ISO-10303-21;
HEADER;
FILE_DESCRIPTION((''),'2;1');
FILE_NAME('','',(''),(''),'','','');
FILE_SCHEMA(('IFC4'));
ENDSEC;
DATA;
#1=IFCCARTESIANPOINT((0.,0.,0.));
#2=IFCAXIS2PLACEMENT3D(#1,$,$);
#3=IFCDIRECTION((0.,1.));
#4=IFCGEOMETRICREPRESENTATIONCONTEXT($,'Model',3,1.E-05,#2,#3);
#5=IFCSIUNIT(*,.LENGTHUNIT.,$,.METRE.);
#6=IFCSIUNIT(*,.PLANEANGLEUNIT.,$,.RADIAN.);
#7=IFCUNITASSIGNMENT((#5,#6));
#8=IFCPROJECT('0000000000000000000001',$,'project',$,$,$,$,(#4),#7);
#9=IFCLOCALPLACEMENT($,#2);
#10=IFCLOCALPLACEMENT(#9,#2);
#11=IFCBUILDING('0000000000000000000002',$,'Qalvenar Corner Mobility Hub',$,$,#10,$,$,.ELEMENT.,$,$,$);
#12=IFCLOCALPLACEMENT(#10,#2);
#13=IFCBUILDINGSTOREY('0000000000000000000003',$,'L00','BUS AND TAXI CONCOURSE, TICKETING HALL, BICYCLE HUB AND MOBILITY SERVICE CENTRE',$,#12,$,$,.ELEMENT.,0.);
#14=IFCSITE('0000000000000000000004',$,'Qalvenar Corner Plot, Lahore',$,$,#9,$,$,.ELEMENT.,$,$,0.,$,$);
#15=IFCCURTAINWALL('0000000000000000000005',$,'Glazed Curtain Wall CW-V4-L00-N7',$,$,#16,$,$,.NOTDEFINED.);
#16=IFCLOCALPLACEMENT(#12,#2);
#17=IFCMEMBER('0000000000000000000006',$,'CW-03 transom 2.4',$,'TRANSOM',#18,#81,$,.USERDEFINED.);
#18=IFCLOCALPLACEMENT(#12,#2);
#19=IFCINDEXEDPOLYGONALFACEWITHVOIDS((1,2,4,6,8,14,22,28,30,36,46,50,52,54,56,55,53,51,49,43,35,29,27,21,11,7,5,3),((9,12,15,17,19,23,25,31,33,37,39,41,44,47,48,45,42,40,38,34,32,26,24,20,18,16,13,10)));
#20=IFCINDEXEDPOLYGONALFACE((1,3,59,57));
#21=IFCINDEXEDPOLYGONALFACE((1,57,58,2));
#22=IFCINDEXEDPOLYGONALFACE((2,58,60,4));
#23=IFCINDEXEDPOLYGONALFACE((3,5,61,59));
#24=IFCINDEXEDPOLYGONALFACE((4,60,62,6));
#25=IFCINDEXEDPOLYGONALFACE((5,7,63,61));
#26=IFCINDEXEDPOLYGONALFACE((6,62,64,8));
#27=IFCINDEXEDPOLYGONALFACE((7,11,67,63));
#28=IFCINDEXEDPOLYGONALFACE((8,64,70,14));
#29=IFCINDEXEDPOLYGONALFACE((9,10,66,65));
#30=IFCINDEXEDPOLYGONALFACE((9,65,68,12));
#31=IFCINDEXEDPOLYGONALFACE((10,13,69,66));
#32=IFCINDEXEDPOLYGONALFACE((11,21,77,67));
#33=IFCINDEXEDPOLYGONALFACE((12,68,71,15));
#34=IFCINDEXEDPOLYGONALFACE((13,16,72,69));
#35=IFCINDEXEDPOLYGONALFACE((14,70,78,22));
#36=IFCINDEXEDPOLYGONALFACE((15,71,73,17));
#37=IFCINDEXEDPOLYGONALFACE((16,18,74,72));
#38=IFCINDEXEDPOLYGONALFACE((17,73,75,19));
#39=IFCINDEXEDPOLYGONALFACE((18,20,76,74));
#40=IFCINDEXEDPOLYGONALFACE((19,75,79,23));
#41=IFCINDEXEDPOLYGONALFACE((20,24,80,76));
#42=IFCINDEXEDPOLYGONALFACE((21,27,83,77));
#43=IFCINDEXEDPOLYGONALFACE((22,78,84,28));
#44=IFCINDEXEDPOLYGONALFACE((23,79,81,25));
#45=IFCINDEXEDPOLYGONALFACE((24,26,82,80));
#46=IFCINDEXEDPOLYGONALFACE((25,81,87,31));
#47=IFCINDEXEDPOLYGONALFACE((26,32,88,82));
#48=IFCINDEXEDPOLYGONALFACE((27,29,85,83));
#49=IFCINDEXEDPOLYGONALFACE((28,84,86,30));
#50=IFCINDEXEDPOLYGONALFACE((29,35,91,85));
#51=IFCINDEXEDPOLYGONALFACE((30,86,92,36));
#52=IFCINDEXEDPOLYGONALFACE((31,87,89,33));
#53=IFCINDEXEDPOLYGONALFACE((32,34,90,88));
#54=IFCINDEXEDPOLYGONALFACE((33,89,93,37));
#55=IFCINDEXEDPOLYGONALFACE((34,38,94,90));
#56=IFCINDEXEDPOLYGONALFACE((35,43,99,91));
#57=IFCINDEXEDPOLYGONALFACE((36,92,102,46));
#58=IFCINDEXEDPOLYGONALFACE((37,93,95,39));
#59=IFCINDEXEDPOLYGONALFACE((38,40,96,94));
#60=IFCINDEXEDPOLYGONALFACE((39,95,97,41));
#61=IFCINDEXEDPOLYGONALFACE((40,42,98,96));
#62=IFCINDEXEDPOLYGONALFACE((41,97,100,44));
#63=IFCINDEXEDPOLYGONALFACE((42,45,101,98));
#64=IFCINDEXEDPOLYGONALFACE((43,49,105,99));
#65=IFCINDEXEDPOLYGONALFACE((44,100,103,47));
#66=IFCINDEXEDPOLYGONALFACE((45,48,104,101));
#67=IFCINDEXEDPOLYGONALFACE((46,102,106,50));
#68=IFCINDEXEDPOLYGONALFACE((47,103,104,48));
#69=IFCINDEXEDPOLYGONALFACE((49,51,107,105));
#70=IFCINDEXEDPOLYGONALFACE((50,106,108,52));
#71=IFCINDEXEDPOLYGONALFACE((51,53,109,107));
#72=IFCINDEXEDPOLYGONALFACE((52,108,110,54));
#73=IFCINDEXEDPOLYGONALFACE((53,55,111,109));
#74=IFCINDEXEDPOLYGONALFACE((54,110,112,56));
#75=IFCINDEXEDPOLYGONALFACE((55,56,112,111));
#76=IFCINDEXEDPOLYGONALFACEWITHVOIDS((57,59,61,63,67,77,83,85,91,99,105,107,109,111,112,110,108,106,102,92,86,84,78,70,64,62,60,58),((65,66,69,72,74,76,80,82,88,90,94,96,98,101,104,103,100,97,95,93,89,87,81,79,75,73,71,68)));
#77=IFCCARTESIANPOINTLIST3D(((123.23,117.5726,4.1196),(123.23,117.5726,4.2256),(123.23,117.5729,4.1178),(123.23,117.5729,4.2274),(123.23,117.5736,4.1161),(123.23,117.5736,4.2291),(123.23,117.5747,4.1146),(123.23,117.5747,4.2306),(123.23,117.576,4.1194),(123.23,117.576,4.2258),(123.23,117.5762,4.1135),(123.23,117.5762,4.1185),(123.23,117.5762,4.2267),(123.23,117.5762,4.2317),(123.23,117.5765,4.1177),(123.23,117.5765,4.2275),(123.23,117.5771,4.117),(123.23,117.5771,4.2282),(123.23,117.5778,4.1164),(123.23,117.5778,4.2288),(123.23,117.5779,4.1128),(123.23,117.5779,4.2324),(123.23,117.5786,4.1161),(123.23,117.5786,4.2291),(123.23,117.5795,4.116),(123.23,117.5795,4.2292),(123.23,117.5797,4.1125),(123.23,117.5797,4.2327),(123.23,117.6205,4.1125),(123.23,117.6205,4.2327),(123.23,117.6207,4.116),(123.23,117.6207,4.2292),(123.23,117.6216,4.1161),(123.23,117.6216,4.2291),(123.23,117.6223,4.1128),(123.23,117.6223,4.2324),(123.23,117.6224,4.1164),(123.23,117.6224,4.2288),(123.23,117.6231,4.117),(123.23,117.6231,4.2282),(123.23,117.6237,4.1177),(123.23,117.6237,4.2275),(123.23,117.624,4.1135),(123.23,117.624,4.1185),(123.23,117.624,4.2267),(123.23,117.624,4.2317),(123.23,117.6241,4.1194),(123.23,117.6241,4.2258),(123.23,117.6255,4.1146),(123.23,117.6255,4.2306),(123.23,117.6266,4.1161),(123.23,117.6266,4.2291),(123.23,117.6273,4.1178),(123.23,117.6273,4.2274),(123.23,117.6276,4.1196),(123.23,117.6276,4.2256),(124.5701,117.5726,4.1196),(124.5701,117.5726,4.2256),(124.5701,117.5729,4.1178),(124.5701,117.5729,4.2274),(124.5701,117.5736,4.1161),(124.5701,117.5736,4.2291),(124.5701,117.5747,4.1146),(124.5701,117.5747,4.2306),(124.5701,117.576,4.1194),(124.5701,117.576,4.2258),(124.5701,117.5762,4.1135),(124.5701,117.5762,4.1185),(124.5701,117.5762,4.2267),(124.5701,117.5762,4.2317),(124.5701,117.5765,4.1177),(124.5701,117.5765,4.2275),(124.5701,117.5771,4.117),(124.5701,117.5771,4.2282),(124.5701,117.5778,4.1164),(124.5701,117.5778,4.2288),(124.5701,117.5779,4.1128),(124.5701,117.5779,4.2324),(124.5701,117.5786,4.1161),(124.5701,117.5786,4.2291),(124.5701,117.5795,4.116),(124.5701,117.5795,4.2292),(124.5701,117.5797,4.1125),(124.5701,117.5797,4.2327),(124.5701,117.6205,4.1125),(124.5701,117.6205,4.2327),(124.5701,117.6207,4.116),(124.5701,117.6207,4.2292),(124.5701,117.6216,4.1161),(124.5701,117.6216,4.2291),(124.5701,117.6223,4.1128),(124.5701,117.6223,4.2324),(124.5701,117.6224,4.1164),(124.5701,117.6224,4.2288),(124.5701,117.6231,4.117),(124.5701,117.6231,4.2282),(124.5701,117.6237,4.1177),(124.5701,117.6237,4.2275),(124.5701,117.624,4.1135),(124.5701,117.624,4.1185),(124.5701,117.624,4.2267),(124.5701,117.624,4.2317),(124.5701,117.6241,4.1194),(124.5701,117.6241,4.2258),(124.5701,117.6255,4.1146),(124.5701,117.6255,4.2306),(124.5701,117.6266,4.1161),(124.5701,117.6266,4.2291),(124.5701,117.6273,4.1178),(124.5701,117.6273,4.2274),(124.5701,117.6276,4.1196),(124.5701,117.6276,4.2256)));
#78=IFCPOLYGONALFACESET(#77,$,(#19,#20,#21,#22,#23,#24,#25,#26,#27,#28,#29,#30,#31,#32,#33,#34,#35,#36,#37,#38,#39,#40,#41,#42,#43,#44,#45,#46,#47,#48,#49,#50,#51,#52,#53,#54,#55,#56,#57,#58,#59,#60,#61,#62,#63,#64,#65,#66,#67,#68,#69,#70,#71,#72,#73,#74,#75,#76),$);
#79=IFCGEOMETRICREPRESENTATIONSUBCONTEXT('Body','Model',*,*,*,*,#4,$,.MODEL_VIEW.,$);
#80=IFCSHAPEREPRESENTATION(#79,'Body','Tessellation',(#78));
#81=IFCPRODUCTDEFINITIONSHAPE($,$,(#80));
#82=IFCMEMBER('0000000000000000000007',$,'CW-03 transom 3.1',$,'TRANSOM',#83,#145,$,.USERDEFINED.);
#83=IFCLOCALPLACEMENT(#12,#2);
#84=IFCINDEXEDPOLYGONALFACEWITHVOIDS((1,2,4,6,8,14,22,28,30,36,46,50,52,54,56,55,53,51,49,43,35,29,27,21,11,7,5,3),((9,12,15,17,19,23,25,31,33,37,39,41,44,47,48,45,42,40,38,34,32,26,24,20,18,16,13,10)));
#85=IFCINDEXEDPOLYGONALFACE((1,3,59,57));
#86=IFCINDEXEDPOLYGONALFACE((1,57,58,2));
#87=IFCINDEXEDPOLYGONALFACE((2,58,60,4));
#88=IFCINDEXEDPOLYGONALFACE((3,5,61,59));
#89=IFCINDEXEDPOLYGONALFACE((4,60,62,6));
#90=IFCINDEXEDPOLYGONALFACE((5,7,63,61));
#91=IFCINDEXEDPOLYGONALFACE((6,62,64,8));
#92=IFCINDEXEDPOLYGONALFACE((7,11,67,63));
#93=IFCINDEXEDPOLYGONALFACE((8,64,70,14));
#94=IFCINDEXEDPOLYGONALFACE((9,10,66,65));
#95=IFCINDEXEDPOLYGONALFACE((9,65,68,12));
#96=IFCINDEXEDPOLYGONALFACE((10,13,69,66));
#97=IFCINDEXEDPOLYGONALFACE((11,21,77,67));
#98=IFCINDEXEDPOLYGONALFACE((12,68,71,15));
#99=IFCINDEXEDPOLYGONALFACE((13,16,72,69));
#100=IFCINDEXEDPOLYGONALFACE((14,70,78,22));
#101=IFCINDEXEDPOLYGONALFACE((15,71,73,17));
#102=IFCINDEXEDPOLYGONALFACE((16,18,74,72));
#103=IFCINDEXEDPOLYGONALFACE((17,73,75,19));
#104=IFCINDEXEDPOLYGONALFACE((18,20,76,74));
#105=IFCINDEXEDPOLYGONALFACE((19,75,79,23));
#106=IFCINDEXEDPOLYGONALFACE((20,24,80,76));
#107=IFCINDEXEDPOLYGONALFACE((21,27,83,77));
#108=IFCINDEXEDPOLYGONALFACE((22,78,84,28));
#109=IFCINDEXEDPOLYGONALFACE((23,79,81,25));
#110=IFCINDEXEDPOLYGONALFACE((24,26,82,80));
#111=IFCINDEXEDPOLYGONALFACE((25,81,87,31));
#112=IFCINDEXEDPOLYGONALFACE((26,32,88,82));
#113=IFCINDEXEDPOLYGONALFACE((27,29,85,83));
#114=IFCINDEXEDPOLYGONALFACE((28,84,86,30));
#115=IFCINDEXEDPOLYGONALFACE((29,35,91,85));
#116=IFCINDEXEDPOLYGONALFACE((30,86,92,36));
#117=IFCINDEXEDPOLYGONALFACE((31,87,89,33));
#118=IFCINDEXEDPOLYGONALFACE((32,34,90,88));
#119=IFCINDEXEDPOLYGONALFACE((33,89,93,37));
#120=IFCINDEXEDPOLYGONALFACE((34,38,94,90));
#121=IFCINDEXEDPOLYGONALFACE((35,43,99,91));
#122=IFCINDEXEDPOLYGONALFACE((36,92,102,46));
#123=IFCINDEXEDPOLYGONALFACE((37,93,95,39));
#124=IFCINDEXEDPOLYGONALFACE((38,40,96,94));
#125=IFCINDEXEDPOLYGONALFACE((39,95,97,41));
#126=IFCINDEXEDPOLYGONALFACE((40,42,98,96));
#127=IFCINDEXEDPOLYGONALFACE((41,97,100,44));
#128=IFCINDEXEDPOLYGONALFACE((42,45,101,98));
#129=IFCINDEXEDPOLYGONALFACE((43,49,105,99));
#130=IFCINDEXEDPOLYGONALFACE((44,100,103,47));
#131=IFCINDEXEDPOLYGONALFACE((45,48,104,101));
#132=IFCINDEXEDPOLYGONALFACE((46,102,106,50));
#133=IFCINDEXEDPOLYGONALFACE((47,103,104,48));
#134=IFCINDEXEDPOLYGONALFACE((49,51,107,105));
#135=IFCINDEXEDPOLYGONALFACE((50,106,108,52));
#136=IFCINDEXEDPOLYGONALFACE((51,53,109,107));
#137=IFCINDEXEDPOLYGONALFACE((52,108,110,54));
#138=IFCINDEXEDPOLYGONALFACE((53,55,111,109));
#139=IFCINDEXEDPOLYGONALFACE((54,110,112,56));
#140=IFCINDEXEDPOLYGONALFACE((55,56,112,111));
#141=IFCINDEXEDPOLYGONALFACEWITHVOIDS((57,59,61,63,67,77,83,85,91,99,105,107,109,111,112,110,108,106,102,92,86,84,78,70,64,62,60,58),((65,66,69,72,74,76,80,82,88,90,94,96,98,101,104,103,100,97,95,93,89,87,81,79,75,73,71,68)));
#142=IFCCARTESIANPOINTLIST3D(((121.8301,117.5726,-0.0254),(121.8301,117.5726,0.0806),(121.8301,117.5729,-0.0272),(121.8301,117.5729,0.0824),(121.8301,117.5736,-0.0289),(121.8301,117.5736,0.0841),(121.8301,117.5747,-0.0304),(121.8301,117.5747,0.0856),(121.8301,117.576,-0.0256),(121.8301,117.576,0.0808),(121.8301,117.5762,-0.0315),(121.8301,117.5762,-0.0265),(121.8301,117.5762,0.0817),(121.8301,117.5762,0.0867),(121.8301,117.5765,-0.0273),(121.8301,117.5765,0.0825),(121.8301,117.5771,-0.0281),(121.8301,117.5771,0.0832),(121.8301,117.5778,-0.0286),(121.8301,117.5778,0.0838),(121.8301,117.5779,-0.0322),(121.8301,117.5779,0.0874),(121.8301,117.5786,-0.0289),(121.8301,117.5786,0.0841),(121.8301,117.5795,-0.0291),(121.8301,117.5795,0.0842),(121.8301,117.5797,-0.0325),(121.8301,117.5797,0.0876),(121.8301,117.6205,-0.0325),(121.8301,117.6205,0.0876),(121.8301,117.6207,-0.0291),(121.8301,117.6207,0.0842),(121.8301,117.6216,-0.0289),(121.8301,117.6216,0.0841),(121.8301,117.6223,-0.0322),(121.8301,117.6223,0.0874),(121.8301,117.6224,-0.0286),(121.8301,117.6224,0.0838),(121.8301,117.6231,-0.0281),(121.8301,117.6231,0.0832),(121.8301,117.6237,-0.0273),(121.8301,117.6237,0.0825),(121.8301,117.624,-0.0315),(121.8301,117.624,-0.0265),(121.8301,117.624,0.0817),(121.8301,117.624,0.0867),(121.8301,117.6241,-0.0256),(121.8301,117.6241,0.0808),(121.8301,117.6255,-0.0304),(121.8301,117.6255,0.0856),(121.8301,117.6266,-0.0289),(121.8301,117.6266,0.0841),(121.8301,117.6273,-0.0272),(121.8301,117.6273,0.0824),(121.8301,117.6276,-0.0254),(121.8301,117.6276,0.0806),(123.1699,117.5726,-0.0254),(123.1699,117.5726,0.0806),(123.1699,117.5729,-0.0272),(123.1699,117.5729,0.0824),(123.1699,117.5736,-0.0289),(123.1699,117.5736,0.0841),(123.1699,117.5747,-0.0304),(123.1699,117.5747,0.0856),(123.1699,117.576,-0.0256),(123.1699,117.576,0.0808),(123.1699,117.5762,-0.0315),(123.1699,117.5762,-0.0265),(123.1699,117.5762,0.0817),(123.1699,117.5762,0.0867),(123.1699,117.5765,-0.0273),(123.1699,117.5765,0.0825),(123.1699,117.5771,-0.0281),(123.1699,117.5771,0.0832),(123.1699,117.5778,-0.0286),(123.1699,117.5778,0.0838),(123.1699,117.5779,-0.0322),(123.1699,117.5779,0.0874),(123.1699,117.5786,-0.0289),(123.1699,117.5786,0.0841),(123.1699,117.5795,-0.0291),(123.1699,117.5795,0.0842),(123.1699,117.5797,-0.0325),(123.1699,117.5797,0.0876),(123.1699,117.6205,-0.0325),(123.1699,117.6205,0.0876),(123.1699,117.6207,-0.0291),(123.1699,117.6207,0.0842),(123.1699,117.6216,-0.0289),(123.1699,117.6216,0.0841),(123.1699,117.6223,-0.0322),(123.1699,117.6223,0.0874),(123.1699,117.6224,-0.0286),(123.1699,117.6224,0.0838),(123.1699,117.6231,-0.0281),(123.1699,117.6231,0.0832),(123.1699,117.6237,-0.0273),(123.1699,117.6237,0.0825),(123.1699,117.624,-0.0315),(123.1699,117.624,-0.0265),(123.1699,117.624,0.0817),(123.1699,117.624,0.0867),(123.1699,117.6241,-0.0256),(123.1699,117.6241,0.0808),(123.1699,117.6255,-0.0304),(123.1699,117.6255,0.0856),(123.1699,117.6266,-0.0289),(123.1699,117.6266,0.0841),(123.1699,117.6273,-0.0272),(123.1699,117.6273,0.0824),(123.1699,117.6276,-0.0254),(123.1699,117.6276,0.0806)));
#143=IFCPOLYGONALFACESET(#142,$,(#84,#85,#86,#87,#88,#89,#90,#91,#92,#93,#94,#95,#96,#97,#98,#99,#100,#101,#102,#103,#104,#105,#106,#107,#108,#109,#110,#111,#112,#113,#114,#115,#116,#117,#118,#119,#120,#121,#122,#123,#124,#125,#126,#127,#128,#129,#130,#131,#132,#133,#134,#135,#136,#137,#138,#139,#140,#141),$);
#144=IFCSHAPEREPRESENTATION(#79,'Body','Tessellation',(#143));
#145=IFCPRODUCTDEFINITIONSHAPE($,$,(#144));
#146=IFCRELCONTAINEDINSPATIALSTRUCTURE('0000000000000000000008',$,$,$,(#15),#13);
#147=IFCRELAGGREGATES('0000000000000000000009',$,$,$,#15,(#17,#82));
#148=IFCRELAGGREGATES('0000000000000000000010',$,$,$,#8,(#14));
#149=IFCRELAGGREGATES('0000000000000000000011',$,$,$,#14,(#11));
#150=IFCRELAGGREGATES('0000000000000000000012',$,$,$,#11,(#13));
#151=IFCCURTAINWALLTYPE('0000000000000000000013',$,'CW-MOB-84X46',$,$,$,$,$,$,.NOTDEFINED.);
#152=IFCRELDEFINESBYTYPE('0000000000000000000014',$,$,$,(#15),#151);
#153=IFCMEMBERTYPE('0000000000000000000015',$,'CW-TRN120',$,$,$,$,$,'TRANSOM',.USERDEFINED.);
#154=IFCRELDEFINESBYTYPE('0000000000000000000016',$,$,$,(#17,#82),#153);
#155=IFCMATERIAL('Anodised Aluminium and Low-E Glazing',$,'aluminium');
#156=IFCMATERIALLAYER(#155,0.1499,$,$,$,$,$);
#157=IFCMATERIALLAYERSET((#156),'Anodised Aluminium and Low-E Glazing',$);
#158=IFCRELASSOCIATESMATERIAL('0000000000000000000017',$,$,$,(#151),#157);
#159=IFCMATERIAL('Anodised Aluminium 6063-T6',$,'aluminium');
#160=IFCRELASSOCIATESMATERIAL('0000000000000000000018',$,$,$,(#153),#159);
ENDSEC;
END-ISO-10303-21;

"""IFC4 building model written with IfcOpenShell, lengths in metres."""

from ifc_helpers import new_model, si_unit, direction, frame, origin, origin_2d, place, context, subcontext, project, spatial, hollow_rectangle, extrude, material, layer, layer_set, material_profile, profile_set, type_object, element, aggregate, save


model = new_model("IFC4")

# Units and contexts
model_context = context("Model", 3, precision=1e-05, world=origin(), true_north=direction((0.0, 1.0)))
body_context = subcontext(model_context, "Body", "Model", "MODEL_VIEW")
ifc_project = project(units=[si_unit("LENGTHUNIT", "METRE"), si_unit("PLANEANGLEUNIT", "RADIAN")], contexts=[model_context])

# Site, building, storey
site_placement = place(None, origin())
site = spatial("IfcSite", under=ifc_project, at=site_placement, Name="Qalvenar Corner Plot, Lahore", CompositionType="ELEMENT", RefElevation=0.0)
building_placement = place(site_placement, origin())
building = spatial("IfcBuilding", under=site, at=building_placement, Name="Qalvenar Corner Mobility Hub", CompositionType="ELEMENT")
storey_placement = place(building_placement, origin())
storey = spatial("IfcBuildingStorey", under=building, at=storey_placement, Name="L00", Description="BUS AND TAXI CONCOURSE, TICKETING HALL, BICYCLE HUB AND MOBILITY SERVICE CENTRE", CompositionType="ELEMENT", Elevation=0.0)

# Curtain wall, members
ifc_material_1 = material(Name="Anodised Aluminium and Low-E Glazing", Category="aluminium")
ifc_layer_1 = layer(ifc_material_1, 0.1499)
ifc_layer_set_1 = layer_set([ifc_layer_1], Name="Anodised Aluminium and Low-E Glazing")
curtain_wall_type = type_object("IfcCurtainWallType", Name="CW-MOB-84X46", PredefinedType="NOTDEFINED", material=ifc_layer_set_1)
curtain_wall_placement = place(storey_placement, origin())
curtain_wall = element("IfcCurtainWall", 1, at=curtain_wall_placement, inside=storey, type_object=curtain_wall_type, Name="Glazed Curtain Wall CW-V4-L00-N7", PredefinedType="NOTDEFINED")
ifc_material_2 = material(Name="Anodised Aluminium 6063-T6", Category="aluminium")
ifc_material_profile_1 = material_profile(ifc_material_2, hollow_rectangle(XDim=0.0549, YDim=0.1201, WallThickness=0.0034, InnerFilletRadius=0.0034, OuterFilletRadius=0.0071, at=origin_2d()), Name="RHS120x55x3.5")
ifc_profile_set_1 = profile_set([ifc_material_profile_1], Name="Anodised Aluminium 6063-T6")
member_type_1 = type_object("IfcMemberType", Name="CW-TRN120", ElementType="TRANSOM", PredefinedType="USERDEFINED", material=ifc_profile_set_1)
member_1_placement = place(storey_placement, frame((124.5701, 117.6001, 4.1726), z_axis=(-1.0, 0.0, 0.0), x_axis=(0.0, -1.0, 0.0)))
member_1 = element("IfcMember", 2, at=member_1_placement, type_object=member_type_1, Name="CW-03 transom 2.4", ObjectType="TRANSOM", PredefinedType="USERDEFINED", context=body_context, shape_type="SweptSolid", body=[
    extrude(hollow_rectangle(XDim=0.0549, YDim=0.1201, WallThickness=0.0034, InnerFilletRadius=0.0034, OuterFilletRadius=0.0071, at=origin_2d()), origin(), (0.0, 0.0, 1.0), 1.3401),
])
member_2_placement = place(storey_placement, frame((123.1699, 117.6001, 0.0276), z_axis=(-1.0, 0.0, 0.0), x_axis=(0.0, -1.0, 0.0)))
member_2 = element("IfcMember", 3, at=member_2_placement, type_object=member_type_1, Name="CW-03 transom 3.1", ObjectType="TRANSOM", PredefinedType="USERDEFINED", context=body_context, shape_type="SweptSolid", body=[
    extrude(hollow_rectangle(XDim=0.0549, YDim=0.1201, WallThickness=0.0034, InnerFilletRadius=0.0034, OuterFilletRadius=0.0071, at=origin_2d()), origin(), (0.0, 0.0, 1.0), 1.3398),
])
aggregate(curtain_wall, [member_1, member_2])

save(model, "model.ifc")
